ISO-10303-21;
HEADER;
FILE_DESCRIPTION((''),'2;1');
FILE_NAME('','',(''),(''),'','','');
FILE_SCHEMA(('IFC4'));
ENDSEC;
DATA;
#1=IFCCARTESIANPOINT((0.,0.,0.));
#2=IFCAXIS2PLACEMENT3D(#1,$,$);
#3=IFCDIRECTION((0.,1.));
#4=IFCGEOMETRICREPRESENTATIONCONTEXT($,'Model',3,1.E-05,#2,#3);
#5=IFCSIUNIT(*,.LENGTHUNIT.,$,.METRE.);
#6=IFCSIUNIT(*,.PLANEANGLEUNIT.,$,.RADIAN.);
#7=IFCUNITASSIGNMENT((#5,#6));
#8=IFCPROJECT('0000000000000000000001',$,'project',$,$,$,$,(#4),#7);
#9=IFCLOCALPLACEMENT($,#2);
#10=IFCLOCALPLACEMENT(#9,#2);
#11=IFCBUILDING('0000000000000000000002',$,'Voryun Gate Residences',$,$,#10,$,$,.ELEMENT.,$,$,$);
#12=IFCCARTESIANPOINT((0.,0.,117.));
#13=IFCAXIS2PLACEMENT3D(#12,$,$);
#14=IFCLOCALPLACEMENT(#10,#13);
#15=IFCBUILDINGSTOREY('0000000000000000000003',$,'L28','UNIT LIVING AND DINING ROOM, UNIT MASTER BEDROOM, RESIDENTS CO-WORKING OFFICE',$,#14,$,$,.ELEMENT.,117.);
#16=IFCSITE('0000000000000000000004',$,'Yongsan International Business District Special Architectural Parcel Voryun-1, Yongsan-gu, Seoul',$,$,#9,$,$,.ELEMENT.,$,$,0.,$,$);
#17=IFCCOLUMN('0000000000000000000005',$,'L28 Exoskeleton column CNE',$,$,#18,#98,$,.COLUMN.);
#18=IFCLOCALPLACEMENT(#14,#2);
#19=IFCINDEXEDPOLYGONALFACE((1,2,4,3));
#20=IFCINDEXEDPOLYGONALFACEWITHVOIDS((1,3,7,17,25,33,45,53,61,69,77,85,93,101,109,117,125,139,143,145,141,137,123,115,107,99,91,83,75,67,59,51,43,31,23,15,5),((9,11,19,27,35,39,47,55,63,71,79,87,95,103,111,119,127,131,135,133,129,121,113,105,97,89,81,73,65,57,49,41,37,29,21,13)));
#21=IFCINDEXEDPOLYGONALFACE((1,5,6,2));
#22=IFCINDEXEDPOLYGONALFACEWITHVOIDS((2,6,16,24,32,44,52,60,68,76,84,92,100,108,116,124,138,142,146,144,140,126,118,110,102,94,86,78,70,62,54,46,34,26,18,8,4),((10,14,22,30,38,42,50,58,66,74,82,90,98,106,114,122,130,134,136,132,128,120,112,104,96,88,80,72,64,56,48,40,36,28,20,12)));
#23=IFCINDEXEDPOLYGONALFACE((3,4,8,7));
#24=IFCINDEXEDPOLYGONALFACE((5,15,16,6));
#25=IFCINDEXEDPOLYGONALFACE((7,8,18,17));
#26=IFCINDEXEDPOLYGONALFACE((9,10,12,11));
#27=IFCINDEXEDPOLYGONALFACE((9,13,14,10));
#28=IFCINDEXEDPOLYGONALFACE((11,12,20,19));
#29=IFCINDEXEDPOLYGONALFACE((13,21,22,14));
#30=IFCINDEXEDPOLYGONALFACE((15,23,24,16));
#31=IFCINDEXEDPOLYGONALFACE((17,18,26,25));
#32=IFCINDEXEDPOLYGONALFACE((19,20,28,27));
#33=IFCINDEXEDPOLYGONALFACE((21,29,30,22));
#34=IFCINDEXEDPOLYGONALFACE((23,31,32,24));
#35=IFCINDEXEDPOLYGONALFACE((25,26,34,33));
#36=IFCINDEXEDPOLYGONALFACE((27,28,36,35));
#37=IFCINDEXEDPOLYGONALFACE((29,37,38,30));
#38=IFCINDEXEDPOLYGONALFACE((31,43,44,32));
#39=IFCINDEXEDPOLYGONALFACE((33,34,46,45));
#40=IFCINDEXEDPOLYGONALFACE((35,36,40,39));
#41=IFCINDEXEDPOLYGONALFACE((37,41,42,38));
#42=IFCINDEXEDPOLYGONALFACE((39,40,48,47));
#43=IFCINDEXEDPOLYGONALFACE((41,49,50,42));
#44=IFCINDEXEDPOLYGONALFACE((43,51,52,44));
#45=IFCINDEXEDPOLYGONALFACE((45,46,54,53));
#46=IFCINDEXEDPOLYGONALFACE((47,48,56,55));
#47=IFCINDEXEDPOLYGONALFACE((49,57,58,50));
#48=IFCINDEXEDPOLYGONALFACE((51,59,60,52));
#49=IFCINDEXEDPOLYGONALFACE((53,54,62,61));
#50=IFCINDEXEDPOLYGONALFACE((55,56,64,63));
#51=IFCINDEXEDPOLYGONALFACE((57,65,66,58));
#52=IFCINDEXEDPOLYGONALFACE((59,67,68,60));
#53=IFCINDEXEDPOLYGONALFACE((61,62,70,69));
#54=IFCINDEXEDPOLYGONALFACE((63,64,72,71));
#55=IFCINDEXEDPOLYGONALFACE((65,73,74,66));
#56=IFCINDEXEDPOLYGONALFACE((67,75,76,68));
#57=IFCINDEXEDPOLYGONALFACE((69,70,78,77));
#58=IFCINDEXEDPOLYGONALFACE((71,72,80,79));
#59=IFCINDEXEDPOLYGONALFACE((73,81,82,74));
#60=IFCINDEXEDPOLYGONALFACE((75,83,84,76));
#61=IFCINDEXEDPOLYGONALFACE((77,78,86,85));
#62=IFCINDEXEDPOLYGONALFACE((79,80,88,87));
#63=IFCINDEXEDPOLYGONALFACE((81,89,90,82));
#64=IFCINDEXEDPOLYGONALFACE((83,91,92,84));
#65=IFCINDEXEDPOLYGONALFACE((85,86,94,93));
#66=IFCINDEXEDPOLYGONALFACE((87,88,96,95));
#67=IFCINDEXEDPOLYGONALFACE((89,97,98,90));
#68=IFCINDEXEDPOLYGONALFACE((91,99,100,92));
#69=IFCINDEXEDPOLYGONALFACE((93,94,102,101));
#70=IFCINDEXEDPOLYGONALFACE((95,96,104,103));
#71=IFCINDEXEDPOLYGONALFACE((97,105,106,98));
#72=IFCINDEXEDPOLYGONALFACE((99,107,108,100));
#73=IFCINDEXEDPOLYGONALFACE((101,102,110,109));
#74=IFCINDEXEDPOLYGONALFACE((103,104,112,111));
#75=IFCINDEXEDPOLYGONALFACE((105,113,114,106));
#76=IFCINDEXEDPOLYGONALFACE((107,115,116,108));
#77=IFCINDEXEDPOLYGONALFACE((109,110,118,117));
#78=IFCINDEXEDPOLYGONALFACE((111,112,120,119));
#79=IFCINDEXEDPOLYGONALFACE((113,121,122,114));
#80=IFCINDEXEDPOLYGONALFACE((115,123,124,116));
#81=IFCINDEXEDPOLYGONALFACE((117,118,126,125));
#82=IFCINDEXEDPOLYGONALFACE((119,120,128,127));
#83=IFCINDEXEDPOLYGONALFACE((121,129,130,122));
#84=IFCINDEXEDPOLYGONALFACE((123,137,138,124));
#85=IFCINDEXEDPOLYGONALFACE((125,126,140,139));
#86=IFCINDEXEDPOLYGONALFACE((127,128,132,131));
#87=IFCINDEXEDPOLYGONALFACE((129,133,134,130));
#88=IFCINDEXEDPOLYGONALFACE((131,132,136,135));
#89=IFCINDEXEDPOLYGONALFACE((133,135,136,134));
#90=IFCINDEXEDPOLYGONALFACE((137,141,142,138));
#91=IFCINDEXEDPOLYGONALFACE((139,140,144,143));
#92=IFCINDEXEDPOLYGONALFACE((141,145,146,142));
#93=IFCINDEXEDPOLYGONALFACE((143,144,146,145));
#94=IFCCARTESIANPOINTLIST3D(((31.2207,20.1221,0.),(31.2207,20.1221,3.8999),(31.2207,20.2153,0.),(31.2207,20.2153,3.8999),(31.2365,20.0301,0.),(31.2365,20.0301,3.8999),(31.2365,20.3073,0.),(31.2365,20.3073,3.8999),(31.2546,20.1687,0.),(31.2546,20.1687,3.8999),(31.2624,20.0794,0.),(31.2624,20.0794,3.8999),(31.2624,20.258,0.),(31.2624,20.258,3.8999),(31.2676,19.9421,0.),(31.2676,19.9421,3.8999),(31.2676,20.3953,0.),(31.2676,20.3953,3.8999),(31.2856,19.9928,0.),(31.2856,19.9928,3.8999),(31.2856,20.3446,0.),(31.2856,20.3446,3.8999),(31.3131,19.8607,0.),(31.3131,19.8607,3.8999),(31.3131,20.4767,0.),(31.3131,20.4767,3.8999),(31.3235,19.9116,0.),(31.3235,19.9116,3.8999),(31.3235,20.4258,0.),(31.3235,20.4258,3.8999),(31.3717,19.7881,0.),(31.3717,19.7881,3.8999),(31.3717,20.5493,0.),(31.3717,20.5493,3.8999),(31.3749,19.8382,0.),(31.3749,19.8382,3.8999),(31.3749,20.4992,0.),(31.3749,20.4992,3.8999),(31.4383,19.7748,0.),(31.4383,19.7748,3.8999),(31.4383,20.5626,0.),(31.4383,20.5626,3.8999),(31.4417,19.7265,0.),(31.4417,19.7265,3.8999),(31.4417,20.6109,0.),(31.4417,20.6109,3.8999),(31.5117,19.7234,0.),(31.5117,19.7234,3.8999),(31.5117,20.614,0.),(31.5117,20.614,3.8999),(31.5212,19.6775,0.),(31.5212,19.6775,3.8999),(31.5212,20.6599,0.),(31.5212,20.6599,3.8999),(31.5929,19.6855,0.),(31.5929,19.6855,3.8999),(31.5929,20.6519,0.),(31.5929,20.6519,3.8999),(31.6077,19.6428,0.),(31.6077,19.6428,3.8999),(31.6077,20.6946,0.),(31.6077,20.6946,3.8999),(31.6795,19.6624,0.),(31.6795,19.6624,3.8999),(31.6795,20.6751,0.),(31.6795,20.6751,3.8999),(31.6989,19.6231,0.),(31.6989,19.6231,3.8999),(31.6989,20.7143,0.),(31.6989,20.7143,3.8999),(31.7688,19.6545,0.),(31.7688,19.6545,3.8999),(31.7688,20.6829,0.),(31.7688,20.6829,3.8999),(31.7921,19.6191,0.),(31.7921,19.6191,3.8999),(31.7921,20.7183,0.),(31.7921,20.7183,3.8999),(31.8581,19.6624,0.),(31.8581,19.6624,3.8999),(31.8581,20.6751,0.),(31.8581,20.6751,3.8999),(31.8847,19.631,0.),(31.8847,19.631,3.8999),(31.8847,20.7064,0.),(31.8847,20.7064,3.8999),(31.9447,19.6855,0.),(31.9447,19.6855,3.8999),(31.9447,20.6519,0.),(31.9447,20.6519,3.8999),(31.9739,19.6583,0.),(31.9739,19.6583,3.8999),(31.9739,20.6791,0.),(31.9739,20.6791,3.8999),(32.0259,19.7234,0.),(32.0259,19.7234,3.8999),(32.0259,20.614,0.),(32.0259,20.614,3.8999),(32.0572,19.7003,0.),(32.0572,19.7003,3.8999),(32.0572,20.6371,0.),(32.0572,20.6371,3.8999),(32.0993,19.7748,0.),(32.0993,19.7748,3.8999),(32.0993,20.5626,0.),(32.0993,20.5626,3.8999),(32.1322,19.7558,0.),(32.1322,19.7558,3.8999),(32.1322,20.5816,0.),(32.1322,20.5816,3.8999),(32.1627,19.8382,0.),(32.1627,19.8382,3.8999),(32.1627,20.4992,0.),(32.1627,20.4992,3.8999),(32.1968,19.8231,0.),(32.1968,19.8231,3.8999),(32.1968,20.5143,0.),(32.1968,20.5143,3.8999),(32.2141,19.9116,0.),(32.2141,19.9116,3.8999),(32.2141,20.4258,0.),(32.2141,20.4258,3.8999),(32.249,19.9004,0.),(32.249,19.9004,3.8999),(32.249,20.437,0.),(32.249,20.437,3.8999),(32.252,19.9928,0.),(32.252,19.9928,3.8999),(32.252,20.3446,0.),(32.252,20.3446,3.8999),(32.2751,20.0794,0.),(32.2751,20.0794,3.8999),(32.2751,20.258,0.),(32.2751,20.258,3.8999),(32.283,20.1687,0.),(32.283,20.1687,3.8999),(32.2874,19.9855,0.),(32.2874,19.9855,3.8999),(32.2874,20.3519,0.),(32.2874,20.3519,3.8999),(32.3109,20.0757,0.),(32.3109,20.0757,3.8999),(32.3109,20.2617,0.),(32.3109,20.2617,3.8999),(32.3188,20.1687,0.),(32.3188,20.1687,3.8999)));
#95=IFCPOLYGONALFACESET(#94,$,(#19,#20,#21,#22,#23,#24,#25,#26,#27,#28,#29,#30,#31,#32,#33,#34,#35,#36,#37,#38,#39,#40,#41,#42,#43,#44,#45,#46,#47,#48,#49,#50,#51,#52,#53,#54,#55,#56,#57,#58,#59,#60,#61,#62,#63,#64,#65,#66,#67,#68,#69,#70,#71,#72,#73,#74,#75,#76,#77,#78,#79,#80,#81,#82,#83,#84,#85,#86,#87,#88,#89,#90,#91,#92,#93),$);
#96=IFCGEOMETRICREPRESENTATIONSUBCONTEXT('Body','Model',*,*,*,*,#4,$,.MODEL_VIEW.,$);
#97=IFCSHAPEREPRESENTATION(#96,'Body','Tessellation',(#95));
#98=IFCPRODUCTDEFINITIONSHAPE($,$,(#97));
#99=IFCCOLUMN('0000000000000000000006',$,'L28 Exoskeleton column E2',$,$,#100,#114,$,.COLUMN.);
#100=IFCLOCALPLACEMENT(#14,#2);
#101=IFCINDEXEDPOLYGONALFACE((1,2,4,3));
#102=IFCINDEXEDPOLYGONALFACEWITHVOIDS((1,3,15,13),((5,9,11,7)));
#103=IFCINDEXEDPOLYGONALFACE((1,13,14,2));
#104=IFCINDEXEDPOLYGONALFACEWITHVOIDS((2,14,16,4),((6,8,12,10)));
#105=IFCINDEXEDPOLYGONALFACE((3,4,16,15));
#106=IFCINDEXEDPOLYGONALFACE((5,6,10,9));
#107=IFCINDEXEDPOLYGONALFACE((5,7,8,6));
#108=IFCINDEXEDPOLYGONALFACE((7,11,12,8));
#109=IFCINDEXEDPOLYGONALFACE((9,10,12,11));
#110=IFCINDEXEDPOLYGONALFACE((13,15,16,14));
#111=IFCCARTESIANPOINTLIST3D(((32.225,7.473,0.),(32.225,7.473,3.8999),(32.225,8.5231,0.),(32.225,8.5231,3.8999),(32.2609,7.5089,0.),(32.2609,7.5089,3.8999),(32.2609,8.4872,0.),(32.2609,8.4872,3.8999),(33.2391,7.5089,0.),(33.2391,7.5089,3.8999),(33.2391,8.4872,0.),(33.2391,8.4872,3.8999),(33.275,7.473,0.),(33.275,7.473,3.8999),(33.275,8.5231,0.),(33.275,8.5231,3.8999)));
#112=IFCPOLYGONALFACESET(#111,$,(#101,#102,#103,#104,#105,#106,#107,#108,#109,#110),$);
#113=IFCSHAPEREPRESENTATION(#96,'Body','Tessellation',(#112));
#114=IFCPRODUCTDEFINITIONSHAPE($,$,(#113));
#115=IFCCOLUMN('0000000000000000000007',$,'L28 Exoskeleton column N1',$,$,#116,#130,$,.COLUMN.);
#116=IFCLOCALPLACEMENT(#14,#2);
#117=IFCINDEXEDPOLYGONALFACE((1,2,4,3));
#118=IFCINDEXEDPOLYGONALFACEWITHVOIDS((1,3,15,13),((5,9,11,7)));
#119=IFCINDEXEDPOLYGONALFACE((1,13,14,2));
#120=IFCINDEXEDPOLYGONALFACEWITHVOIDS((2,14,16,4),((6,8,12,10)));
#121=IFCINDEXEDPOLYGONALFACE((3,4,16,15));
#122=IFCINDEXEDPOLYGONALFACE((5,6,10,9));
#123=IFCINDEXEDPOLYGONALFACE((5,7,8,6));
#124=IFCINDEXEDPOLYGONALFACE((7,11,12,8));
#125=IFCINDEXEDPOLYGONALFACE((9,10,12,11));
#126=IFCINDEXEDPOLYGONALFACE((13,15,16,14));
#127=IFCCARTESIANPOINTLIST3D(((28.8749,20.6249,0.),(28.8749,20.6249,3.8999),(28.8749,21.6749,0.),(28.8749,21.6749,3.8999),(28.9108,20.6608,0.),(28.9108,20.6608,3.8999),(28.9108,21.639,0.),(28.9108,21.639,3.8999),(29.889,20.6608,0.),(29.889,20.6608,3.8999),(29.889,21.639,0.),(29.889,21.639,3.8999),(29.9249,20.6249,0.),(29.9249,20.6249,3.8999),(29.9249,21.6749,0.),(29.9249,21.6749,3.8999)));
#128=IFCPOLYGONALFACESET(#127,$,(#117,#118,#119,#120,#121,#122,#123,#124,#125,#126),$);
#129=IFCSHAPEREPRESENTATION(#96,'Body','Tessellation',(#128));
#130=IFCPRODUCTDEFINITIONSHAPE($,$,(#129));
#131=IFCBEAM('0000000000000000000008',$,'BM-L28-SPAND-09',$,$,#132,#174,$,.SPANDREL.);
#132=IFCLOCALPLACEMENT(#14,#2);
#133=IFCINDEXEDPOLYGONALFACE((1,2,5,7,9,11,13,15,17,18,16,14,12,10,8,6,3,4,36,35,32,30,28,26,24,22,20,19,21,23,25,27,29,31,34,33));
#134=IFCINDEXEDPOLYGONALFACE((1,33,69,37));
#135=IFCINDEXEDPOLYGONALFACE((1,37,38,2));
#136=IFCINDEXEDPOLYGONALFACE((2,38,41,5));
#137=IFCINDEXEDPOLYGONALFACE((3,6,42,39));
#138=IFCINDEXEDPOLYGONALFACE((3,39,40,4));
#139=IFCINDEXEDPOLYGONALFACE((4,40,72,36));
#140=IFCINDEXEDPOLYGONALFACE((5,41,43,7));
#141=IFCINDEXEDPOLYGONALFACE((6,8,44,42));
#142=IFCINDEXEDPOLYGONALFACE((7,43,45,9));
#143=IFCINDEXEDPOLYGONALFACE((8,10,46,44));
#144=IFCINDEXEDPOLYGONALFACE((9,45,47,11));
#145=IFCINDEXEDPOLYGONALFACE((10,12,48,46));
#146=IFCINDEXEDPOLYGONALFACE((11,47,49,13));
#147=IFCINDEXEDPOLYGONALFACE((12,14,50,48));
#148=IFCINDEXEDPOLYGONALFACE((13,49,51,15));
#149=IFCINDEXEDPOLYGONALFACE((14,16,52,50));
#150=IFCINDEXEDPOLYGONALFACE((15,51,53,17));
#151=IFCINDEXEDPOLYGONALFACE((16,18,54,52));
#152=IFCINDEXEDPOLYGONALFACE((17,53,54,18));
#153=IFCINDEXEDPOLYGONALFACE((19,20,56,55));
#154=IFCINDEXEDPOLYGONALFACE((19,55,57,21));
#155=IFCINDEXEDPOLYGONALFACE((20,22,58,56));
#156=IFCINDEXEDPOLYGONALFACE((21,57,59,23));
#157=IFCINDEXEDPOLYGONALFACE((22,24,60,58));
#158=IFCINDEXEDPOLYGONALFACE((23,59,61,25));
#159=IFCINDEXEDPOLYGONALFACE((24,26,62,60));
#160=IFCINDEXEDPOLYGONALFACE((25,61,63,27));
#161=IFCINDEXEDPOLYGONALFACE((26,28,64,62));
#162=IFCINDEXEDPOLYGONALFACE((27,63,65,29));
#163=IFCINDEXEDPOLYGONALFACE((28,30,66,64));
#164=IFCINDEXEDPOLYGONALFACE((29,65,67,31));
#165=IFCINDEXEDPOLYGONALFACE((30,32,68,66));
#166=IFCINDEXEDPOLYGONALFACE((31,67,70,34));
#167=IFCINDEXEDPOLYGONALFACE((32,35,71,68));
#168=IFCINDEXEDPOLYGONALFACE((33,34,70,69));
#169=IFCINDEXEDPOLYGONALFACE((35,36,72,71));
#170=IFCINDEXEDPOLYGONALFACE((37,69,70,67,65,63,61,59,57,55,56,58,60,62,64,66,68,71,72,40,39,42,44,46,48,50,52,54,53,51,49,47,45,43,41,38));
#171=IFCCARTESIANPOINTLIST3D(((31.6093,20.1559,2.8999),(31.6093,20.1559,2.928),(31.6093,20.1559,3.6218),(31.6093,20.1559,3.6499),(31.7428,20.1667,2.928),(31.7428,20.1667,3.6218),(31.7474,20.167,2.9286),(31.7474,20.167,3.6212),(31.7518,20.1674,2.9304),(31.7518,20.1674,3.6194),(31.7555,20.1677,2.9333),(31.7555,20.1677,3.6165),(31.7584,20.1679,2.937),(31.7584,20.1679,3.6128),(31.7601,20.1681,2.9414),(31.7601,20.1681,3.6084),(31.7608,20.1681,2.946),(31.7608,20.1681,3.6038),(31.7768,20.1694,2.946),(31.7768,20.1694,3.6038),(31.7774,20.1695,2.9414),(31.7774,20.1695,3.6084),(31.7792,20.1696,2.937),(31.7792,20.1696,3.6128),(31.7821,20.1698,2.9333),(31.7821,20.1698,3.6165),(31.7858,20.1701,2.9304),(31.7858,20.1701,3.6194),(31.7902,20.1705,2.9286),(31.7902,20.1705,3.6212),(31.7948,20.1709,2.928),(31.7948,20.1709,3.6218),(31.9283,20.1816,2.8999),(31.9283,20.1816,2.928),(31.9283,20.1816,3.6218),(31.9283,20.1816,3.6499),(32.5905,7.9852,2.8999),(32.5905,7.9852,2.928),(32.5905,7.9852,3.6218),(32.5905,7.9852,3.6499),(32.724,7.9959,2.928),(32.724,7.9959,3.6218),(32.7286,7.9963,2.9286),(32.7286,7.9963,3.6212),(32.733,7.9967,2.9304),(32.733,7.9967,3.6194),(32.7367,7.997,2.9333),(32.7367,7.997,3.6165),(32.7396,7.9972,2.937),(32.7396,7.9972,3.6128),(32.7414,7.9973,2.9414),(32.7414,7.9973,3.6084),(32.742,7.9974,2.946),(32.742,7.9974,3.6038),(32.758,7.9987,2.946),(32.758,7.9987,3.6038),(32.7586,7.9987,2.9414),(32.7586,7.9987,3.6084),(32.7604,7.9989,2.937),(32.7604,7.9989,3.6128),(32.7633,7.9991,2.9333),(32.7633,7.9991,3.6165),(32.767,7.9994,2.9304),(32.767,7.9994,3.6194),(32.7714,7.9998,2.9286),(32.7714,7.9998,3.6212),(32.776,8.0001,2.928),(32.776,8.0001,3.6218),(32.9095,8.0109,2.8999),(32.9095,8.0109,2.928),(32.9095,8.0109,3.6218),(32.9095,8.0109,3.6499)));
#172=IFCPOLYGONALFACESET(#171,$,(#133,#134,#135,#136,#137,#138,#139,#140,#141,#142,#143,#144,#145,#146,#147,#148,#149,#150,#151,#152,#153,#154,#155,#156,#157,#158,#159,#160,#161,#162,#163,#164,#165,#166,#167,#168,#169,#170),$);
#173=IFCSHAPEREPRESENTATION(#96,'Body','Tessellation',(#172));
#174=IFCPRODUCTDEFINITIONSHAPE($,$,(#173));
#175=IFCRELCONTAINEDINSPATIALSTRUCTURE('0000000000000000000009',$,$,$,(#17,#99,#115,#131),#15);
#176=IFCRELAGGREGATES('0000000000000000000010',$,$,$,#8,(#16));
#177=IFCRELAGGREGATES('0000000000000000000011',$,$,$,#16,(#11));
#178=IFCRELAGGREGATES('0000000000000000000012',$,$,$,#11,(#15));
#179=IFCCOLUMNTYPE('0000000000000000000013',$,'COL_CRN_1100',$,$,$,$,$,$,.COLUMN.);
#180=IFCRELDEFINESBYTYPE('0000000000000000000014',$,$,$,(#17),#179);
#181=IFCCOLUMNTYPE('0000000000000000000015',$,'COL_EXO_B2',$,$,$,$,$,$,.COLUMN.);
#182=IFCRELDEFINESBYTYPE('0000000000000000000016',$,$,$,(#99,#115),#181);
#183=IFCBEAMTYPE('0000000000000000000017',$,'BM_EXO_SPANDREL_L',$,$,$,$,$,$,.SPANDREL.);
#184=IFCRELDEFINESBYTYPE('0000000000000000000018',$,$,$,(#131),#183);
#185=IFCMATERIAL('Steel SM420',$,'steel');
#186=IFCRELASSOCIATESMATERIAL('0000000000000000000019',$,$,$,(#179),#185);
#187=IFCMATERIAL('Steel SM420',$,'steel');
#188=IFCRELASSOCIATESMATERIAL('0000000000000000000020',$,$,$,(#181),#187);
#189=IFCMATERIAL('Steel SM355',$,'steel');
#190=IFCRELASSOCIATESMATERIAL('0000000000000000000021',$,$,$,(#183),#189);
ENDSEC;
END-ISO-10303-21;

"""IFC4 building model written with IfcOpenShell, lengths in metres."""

from ifc_helpers import new_model, si_unit, direction, frame, origin, origin_2d, place, context, subcontext, project, spatial, hollow_rectangle, hollow_circle, i_section, extrude, material, material_profile, profile_set, type_object, element, save


model = new_model("IFC4")

# Units and contexts
model_context = context("Model", 3, precision=1e-05, world=origin(), true_north=direction((0.0, 1.0)))
body_context = subcontext(model_context, "Body", "Model", "MODEL_VIEW")
ifc_project = project(units=[si_unit("LENGTHUNIT", "METRE"), si_unit("PLANEANGLEUNIT", "RADIAN")], contexts=[model_context])

# Site, building, storey
site_placement = place(None, origin())
site = spatial("IfcSite", under=ifc_project, at=site_placement, Name="Yongsan International Business District Special Architectural Parcel Voryun-1, Yongsan-gu, Seoul", CompositionType="ELEMENT", RefElevation=0.0)
building_placement = place(site_placement, origin())
building = spatial("IfcBuilding", under=site, at=building_placement, Name="Voryun Gate Residences", CompositionType="ELEMENT")
storey_placement = place(building_placement, frame((0.0, 0.0, 117.0)))
storey = spatial("IfcBuildingStorey", under=building, at=storey_placement, Name="L28", Description="UNIT LIVING AND DINING ROOM, UNIT MASTER BEDROOM, RESIDENTS CO-WORKING OFFICE", CompositionType="ELEMENT", Elevation=117.0)

# Columns
ifc_material_1 = material(Name="Steel SM420", Category="steel")
ifc_material_profile_1 = material_profile(ifc_material_1, hollow_circle(Radius=0.55, WallThickness=0.0359, at=origin_2d()), Name="CHS-1100x36")
ifc_profile_set_1 = profile_set([ifc_material_profile_1], Name="Steel SM420")
column_type_1 = type_object("IfcColumnType", Name="COL_CRN_1100", PredefinedType="COLUMN", material=ifc_profile_set_1)
column_placement = place(storey_placement, frame((31.7688, 20.1687, 0.0), z_axis=(0.0, 0.0, 1.0), x_axis=(1.0, 0.0, 0.0)))
element("IfcColumn", 1, at=column_placement, inside=storey, type_object=column_type_1, Name="L28 Exoskeleton column CNE", PredefinedType="COLUMN", context=body_context, shape_type="SweptSolid", body=[
    extrude(hollow_circle(Radius=0.55, WallThickness=0.0359, at=origin_2d()), origin(), (0.0, 0.0, 1.0), 3.8999),
])
ifc_material_2 = material(Name="Steel SM420", Category="steel")
ifc_material_profile_2 = material_profile(ifc_material_2, hollow_rectangle(XDim=1.05, YDim=1.05, WallThickness=0.0359, at=origin_2d()), Name="BOX-1050x1050x36")
ifc_profile_set_2 = profile_set([ifc_material_profile_2], Name="Steel SM420")
column_type_2 = type_object("IfcColumnType", Name="COL_EXO_B2", PredefinedType="COLUMN", material=ifc_profile_set_2)
for number, where, z_axis, x_axis, name in (
    (2, (32.75, 7.998, 0.0), (0.0, 0.0, 1.0), (1.0, 0.0, 0.0), "L28 Exoskeleton column E2"),
    (3, (29.3999, 21.1499, 0.0), (0.0, 0.0, 1.0), (1.0, 0.0, 0.0), "L28 Exoskeleton column N1"),
):
    element("IfcColumn", number, at=place(storey_placement, frame(where, z_axis=z_axis, x_axis=x_axis)), inside=storey, type_object=column_type_2, Name=name, PredefinedType="COLUMN", context=body_context, shape_type="SweptSolid", body=[
        extrude(hollow_rectangle(XDim=1.05, YDim=1.05, WallThickness=0.0359, at=origin_2d()), origin(), (0.0, 0.0, 1.0), 3.8999),
    ])

# Beam
ifc_material_3 = material(Name="Steel SM355", Category="steel")
ifc_material_profile_3 = material_profile(ifc_material_3, i_section(OverallWidth=0.3201, OverallDepth=0.75, WebThickness=0.0161, FlangeThickness=0.0281, FilletRadius=0.0181, at=origin_2d()), Name="H-750x320x16x28")
ifc_profile_set_3 = profile_set([ifc_material_profile_3], Name="Steel SM355")
beam_type = type_object("IfcBeamType", Name="BM_EXO_SPANDREL_L", PredefinedType="SPANDREL", material=ifc_profile_set_3)
beam_1_placement = place(storey_placement, frame((32.75, 7.998, 3.2749), z_axis=(-0.08036, 0.996766, 0.0), x_axis=(-0.996766, -0.08036, 0.0)))
element("IfcBeam", 4, at=beam_1_placement, inside=storey, type_object=beam_type, Name="BM-L28-SPAND-09", PredefinedType="SPANDREL", context=body_context, shape_type="SweptSolid", body=[
    extrude(i_section(OverallWidth=0.3201, OverallDepth=0.75, WebThickness=0.0161, FlangeThickness=0.0281, FilletRadius=0.0181, at=origin_2d()), origin(), (0.0, 0.0, 1.0), 12.2102),
])

save(model, "model.ifc")
